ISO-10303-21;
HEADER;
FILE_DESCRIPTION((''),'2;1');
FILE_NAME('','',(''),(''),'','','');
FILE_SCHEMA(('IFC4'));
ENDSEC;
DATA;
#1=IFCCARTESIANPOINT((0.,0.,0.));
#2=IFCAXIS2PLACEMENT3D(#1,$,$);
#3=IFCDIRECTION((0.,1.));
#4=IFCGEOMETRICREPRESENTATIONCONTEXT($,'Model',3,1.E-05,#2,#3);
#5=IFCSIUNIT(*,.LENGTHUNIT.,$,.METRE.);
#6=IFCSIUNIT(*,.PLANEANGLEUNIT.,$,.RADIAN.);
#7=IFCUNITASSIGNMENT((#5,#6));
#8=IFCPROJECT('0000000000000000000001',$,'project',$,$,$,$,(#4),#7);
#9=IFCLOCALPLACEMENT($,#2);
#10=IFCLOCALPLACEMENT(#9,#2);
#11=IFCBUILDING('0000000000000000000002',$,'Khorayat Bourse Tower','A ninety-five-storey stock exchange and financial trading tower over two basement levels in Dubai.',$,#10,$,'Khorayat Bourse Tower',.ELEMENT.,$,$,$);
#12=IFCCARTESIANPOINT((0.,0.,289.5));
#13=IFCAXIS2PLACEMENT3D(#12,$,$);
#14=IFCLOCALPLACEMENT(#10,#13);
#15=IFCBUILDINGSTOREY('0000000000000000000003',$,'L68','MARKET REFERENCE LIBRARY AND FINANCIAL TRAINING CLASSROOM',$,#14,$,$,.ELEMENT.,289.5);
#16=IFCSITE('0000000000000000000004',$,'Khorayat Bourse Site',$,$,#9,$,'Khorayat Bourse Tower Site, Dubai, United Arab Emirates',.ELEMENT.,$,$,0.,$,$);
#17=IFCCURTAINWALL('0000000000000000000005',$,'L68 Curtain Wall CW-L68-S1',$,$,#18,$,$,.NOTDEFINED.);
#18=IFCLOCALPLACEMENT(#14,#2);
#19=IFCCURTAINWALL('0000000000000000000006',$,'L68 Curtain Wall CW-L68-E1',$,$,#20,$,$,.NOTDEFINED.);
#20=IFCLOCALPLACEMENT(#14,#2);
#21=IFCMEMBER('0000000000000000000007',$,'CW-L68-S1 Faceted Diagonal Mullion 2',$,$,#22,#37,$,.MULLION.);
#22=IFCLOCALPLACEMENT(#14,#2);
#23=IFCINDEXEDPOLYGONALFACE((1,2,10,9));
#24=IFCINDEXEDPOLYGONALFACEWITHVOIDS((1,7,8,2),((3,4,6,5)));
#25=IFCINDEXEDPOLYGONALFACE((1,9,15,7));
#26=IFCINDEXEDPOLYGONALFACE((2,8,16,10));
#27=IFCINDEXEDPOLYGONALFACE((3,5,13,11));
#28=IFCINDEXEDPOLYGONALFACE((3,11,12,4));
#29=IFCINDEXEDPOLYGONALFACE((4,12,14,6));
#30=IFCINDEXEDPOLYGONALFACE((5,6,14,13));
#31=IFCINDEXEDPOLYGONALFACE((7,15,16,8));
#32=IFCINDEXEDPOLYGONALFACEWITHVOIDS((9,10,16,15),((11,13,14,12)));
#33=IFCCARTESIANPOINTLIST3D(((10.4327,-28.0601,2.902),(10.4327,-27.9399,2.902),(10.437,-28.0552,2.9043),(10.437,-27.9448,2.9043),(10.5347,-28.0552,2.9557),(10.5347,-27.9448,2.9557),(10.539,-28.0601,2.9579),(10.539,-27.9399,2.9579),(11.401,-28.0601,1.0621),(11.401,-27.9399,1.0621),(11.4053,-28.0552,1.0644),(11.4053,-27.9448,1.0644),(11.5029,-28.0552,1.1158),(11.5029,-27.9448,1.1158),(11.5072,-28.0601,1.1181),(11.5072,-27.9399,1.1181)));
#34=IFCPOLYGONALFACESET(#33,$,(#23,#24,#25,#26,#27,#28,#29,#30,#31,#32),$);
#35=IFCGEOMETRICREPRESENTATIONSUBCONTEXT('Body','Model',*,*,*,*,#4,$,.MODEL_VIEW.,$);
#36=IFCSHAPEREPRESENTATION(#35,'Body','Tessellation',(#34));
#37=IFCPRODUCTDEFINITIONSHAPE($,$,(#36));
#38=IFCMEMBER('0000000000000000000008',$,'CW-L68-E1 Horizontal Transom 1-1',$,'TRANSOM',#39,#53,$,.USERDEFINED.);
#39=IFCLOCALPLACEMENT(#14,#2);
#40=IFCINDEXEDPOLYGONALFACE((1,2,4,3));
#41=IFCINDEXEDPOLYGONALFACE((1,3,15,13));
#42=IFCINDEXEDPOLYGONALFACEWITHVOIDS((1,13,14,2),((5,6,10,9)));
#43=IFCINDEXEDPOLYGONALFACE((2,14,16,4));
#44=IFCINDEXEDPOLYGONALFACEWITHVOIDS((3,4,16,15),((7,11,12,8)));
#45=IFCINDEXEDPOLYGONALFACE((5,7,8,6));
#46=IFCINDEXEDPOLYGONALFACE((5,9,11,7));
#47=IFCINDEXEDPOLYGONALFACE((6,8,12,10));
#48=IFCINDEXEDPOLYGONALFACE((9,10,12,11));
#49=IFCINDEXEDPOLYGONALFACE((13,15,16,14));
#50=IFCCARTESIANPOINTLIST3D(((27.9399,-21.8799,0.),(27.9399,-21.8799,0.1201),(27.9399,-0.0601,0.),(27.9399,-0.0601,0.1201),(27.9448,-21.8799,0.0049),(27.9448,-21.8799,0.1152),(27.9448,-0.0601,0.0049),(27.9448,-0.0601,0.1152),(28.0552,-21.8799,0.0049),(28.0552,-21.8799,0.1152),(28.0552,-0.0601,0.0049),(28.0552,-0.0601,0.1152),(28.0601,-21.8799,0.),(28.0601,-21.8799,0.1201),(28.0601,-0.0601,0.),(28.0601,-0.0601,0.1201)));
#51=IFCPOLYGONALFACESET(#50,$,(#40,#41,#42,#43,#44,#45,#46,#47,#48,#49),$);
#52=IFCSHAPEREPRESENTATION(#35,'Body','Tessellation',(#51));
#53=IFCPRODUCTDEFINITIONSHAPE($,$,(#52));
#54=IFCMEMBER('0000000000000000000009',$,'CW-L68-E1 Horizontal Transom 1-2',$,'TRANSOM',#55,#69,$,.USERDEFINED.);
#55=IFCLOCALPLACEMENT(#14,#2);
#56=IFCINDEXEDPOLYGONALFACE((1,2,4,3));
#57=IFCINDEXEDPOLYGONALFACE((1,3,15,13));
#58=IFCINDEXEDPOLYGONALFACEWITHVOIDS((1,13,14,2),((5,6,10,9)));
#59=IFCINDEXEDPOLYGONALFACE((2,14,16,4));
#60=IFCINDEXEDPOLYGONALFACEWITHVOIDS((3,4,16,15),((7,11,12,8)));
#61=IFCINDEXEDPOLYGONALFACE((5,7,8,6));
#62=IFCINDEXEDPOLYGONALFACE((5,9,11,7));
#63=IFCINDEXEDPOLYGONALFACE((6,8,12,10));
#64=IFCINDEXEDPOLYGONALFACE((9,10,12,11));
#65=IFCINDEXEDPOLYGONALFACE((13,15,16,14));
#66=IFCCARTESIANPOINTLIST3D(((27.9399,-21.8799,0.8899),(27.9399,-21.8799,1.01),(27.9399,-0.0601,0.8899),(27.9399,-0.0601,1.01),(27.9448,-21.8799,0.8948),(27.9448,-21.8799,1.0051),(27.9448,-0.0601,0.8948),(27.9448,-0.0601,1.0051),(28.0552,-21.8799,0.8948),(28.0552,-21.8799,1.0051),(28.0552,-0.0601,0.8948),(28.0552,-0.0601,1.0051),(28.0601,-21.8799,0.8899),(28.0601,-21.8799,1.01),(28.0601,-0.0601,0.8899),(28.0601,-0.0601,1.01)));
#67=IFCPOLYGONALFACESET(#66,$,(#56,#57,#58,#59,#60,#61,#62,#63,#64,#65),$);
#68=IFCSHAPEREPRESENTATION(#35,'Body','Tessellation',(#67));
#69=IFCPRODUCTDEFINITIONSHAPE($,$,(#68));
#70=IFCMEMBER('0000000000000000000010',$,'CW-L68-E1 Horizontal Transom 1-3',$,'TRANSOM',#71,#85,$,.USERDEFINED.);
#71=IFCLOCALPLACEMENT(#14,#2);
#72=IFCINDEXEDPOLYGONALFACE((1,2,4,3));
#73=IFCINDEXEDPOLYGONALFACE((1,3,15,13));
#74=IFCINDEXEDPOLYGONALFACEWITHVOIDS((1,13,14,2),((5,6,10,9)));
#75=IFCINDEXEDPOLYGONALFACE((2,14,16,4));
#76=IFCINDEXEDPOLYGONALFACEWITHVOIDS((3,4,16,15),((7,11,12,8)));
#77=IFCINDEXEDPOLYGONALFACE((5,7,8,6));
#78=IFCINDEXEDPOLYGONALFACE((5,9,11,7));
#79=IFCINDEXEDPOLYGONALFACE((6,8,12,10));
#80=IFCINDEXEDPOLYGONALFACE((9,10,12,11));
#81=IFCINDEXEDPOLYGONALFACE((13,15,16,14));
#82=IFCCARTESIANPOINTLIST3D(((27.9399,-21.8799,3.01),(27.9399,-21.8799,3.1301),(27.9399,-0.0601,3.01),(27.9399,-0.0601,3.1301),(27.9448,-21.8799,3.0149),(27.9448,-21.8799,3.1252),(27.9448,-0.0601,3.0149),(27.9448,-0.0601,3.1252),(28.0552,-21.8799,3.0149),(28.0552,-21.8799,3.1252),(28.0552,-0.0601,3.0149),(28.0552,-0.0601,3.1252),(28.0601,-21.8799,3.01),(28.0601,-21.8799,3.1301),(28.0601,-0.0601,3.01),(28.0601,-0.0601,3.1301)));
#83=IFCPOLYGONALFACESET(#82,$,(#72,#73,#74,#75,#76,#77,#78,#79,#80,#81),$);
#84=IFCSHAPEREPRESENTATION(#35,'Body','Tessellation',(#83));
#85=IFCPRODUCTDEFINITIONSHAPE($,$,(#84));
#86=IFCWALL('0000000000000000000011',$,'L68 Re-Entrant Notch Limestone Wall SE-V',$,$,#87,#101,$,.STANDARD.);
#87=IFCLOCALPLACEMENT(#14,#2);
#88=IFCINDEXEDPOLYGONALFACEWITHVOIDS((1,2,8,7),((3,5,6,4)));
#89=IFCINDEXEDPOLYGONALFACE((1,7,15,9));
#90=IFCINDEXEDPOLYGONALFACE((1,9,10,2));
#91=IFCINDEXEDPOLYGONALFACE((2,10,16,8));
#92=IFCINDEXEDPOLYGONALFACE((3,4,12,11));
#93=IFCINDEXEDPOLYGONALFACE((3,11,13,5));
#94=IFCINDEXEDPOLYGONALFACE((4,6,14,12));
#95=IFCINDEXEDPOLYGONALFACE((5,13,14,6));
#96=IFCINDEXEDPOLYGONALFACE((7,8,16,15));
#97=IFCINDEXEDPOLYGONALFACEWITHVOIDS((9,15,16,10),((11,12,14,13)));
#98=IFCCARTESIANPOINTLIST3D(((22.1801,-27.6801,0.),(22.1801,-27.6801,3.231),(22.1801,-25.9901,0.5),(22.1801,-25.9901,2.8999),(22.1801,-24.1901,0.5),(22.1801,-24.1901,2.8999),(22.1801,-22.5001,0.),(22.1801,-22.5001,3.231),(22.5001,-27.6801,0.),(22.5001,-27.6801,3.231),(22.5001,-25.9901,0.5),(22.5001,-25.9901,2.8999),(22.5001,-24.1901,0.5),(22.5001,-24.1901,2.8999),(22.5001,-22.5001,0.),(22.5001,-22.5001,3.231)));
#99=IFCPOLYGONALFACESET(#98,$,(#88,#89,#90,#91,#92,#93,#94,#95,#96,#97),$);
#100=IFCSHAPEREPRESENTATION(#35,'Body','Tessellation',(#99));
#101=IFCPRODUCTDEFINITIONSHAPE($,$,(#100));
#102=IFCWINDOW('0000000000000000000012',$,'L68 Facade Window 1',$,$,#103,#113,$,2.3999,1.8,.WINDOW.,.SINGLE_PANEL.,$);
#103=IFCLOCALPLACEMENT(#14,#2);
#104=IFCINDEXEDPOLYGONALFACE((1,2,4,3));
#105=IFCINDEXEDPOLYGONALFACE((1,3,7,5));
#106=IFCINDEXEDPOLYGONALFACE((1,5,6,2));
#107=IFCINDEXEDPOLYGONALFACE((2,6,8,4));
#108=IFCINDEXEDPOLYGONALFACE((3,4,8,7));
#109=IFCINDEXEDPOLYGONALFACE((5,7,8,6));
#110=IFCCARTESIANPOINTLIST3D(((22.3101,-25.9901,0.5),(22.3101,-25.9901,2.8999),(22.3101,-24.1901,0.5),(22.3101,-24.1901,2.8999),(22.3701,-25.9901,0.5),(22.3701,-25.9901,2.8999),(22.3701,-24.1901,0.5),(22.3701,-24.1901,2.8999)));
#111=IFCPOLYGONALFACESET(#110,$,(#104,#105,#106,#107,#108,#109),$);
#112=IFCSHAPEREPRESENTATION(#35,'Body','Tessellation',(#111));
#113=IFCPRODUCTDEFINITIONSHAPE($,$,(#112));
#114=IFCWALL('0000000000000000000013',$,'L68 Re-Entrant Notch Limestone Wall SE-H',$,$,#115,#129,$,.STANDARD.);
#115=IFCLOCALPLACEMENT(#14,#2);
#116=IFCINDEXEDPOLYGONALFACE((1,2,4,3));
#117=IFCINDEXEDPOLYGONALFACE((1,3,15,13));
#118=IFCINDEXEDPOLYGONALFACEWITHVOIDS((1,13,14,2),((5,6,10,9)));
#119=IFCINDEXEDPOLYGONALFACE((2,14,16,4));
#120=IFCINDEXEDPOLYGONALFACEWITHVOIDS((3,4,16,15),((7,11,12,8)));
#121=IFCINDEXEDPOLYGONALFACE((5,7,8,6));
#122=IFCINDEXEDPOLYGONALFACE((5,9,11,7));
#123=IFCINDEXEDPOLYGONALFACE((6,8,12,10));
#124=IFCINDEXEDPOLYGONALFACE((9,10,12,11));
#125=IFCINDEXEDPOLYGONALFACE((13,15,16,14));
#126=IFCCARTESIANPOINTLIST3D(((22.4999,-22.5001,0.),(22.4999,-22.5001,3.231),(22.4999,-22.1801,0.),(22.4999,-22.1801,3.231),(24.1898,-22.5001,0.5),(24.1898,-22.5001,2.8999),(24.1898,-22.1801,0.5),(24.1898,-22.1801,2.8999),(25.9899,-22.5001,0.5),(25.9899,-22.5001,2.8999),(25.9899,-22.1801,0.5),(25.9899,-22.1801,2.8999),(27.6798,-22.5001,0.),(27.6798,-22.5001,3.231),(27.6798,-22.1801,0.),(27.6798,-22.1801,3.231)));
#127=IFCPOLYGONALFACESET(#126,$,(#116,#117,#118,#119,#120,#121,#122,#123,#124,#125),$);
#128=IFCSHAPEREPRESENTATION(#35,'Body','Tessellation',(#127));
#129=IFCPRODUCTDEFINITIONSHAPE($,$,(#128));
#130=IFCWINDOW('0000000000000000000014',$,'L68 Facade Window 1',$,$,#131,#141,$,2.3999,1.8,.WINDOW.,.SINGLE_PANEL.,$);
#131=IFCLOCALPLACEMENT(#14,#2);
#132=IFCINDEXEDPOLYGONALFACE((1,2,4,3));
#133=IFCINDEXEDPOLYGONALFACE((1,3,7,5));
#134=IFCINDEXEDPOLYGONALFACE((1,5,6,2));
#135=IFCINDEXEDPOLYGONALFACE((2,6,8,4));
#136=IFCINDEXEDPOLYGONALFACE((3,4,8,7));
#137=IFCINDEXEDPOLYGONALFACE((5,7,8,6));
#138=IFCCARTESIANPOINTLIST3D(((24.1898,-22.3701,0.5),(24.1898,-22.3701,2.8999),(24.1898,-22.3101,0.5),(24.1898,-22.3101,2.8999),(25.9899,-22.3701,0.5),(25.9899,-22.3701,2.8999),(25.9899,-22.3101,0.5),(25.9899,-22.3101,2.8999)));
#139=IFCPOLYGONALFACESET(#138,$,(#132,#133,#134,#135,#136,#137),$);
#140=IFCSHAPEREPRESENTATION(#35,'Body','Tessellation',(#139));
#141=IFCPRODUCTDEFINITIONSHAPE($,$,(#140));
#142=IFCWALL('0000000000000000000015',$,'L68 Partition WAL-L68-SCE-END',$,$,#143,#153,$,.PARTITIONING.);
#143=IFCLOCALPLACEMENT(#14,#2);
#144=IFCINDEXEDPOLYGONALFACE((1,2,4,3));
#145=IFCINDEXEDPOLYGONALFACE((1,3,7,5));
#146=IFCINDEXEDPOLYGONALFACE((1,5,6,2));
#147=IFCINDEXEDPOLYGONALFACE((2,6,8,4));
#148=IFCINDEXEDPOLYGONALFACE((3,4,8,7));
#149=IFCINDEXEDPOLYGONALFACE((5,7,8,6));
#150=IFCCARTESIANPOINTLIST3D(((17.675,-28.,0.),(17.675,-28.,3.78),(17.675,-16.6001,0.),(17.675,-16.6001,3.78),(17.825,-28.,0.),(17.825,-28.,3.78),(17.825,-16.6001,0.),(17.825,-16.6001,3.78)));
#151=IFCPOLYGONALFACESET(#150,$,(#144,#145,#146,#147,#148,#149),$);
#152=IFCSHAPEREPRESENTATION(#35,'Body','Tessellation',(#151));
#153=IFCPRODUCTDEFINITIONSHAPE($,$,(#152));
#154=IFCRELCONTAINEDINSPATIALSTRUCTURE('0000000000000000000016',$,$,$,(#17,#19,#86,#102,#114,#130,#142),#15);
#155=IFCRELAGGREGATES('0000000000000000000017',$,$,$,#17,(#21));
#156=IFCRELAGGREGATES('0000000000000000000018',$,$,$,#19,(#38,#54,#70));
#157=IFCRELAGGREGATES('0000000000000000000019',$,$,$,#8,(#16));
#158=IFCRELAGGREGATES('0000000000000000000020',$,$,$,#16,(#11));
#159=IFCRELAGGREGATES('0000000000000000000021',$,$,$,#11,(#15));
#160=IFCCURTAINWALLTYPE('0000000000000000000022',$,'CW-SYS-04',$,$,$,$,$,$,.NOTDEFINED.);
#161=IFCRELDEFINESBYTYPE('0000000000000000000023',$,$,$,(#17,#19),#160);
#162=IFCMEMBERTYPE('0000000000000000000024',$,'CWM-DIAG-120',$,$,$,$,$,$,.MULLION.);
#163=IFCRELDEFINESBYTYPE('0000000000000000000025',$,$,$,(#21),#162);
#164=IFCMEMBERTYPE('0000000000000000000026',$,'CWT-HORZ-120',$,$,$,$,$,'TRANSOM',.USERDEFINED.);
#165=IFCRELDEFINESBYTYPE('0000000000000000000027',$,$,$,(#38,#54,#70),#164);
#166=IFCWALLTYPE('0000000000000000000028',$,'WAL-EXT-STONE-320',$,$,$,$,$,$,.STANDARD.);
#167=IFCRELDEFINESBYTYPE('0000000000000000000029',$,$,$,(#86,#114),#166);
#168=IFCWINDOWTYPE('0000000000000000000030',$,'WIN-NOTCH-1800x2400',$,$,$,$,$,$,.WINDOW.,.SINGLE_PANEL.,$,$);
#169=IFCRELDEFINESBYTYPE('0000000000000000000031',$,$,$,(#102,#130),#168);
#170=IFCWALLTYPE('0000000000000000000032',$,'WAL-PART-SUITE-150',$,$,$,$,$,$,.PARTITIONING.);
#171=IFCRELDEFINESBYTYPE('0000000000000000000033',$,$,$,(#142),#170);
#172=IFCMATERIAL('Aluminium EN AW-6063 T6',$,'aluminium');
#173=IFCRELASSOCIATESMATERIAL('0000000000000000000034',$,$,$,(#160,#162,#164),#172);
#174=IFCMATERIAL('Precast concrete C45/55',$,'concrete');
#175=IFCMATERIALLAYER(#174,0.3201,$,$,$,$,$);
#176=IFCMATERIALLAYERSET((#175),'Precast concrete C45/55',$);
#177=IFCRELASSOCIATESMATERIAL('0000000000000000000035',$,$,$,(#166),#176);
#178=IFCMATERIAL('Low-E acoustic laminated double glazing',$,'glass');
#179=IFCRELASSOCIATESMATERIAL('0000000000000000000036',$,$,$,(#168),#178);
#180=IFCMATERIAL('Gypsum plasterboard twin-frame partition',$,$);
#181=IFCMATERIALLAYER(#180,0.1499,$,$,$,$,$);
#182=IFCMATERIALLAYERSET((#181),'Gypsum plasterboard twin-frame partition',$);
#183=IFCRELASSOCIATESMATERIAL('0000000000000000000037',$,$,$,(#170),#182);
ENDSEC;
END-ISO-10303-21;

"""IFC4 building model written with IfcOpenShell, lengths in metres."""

from ifc_helpers import new_model, si_unit, direction, frame, frame_2d, origin, origin_2d, place, context, subcontext, project, spatial, rectangle, hollow_rectangle, extrude, source, transform, mapped, material, layer, layer_set, material_profile, profile_set, type_object, element, fill, aggregate, save


model = new_model("IFC4")

# Units and contexts
model_context = context("Model", 3, precision=1e-05, world=origin(), true_north=direction((0.0, 1.0)))
body_context = subcontext(model_context, "Body", "Model", "MODEL_VIEW")
ifc_project = project(units=[si_unit("LENGTHUNIT", "METRE"), si_unit("PLANEANGLEUNIT", "RADIAN")], contexts=[model_context])

# Site, building, storey
site_placement = place(None, origin())
site = spatial("IfcSite", under=ifc_project, at=site_placement, Name="Khorayat Bourse Site", LongName="Khorayat Bourse Tower Site, Dubai, United Arab Emirates", CompositionType="ELEMENT", RefElevation=0.0)
building_placement = place(site_placement, origin())
building = spatial("IfcBuilding", under=site, at=building_placement, Name="Khorayat Bourse Tower", Description="A ninety-five-storey stock exchange and financial trading tower over two basement levels in Dubai.", LongName="Khorayat Bourse Tower", CompositionType="ELEMENT")
storey_placement = place(building_placement, frame((0.0, 0.0, 289.5)))
storey = spatial("IfcBuildingStorey", under=building, at=storey_placement, Name="L68", Description="MARKET REFERENCE LIBRARY AND FINANCIAL TRAINING CLASSROOM", CompositionType="ELEMENT", Elevation=289.5)

# Curtain walls
ifc_material_1 = material(Name="Aluminium EN AW-6063 T6", Category="aluminium")
curtain_wall_type = type_object("IfcCurtainWallType", Name="CW-SYS-04", PredefinedType="NOTDEFINED", material=ifc_material_1)
curtain_wall_1_placement = place(storey_placement, origin())
curtain_wall_1 = element("IfcCurtainWall", 1, at=curtain_wall_1_placement, inside=storey, type_object=curtain_wall_type, Name="L68 Curtain Wall CW-L68-S1", PredefinedType="NOTDEFINED")
curtain_wall_2_placement = place(storey_placement, origin())
curtain_wall_2 = element("IfcCurtainWall", 2, at=curtain_wall_2_placement, inside=storey, type_object=curtain_wall_type, Name="L68 Curtain Wall CW-L68-E1", PredefinedType="NOTDEFINED")

# Members
ifc_material_profile_1 = material_profile(ifc_material_1, hollow_rectangle(XDim=0.1201, YDim=0.1201, WallThickness=0.0049, at=origin_2d()), Name="ALU 120x120x5")
ifc_profile_set_1 = profile_set([ifc_material_profile_1], Name="Aluminium EN AW-6063 T6")
member_type_1 = type_object("IfcMemberType", Name="CWM-DIAG-120", PredefinedType="MULLION", material=ifc_profile_set_1)
shared_shape_1 = source(origin(), body_context, "Body", "SweptSolid", [
    extrude(hollow_rectangle(XDim=0.1201, YDim=0.1201, WallThickness=0.0049, at=origin_2d()), origin(), (0.0, 0.0, 1.0), 2.0791),
])
member_1_placement = place(storey_placement, frame((11.4541, -28.0, 1.0901), z_axis=(-0.465717, 0.0, 0.884934), x_axis=(0.0, -1.0, 0.0)))
member_1 = element("IfcMember", 3, at=member_1_placement, type_object=member_type_1, Name="CW-L68-S1 Faceted Diagonal Mullion 2", PredefinedType="MULLION", context=body_context, shape_type="MappedRepresentation", body=[
    mapped(shared_shape_1, transform((0.0, 0.0, 0.0), scale=1.0)),
])
aggregate(curtain_wall_1, [member_1])
ifc_material_profile_2 = material_profile(ifc_material_1, hollow_rectangle(XDim=0.1201, YDim=0.1201, WallThickness=0.0049, at=origin_2d()), Name="ALU 120x120x5")
ifc_profile_set_2 = profile_set([ifc_material_profile_2], Name="Aluminium EN AW-6063 T6")
member_type_2 = type_object("IfcMemberType", Name="CWT-HORZ-120", ElementType="TRANSOM", PredefinedType="USERDEFINED", material=ifc_profile_set_2)
shared_shape_2 = source(origin(), body_context, "Body", "SweptSolid", [
    extrude(hollow_rectangle(XDim=0.1201, YDim=0.1201, WallThickness=0.0049, at=origin_2d()), origin(), (0.0, 0.0, 1.0), 21.8198),
])
member_2_placement = place(storey_placement, frame((28.0, -21.8799, 0.0601), z_axis=(0.0, 1.0, 0.0), x_axis=(-1.0, 0.0, 0.0)))
member_2 = element("IfcMember", 4, at=member_2_placement, type_object=member_type_2, Name="CW-L68-E1 Horizontal Transom 1-1", ObjectType="TRANSOM", PredefinedType="USERDEFINED", context=body_context, shape_type="MappedRepresentation", body=[
    mapped(shared_shape_2, transform((0.0, 0.0, 0.0), scale=1.0)),
])
member_3_placement = place(storey_placement, frame((28.0, -21.8799, 0.95), z_axis=(0.0, 1.0, 0.0), x_axis=(-1.0, 0.0, 0.0)))
member_3 = element("IfcMember", 5, at=member_3_placement, type_object=member_type_2, Name="CW-L68-E1 Horizontal Transom 1-2", ObjectType="TRANSOM", PredefinedType="USERDEFINED", context=body_context, shape_type="MappedRepresentation", body=[
    mapped(shared_shape_2, transform((0.0, 0.0, 0.0), scale=1.0)),
])
member_4_placement = place(storey_placement, frame((28.0, -21.8799, 3.0701), z_axis=(0.0, 1.0, 0.0), x_axis=(-1.0, 0.0, 0.0)))
member_4 = element("IfcMember", 6, at=member_4_placement, type_object=member_type_2, Name="CW-L68-E1 Horizontal Transom 1-3", ObjectType="TRANSOM", PredefinedType="USERDEFINED", context=body_context, shape_type="MappedRepresentation", body=[
    mapped(shared_shape_2, transform((0.0, 0.0, 0.0), scale=1.0)),
])
aggregate(curtain_wall_2, [member_2, member_3, member_4])

# Walls, openings, windows
ifc_material_2 = material(Name="Precast concrete C45/55", Category="concrete")
ifc_layer_1 = layer(ifc_material_2, 0.3201)
ifc_layer_set_1 = layer_set([ifc_layer_1], Name="Precast concrete C45/55")
wall_type_1 = type_object("IfcWallType", Name="WAL-EXT-STONE-320", PredefinedType="STANDARD", material=ifc_layer_set_1)
shared_shape_3 = source(origin(), body_context, "Body", "SweptSolid", [
    extrude(rectangle(XDim=5.1799, YDim=0.3201, at=frame_2d((2.5898, 0.0))), origin(), (0.0, 0.0, 1.0), 3.231),
])
wall_1_placement = place(storey_placement, frame((22.3401, -27.6799, 0.0), z_axis=(0.0, 0.0, 1.0), x_axis=(0.0, 1.0, 0.0)))
wall_1 = element("IfcWall", 7, at=wall_1_placement, inside=storey, type_object=wall_type_1, Name="L68 Re-Entrant Notch Limestone Wall SE-V", PredefinedType="STANDARD", context=body_context, shape_type="MappedRepresentation", body=[
    mapped(shared_shape_3, transform((0.0, 0.0, 0.0), scale=1.0)),
])
shared_shape_4 = source(origin(), body_context, "Body", "SweptSolid", [
    extrude(rectangle(XDim=1.8, YDim=2.3999, at=frame_2d((0.8999, 1.2))), frame((0.0, 0.1699, 0.0), z_axis=(0.0, -1.0, 0.0), x_axis=(1.0, 0.0, 0.0)), (0.0, 0.0, 1.0), 0.3401),
])
opening_1_placement = place(wall_1_placement, frame((1.6899, 0.0, 0.5)))
opening_1 = element("IfcOpeningElement", 8, at=opening_1_placement, cuts=wall_1, PredefinedType="OPENING", context=body_context, shape_type="MappedRepresentation", body=[
    mapped(shared_shape_4, transform((0.0, 0.0, 0.0), scale=1.0)),
])
ifc_material_3 = material(Name="Low-E acoustic laminated double glazing", Category="glass")
window_type = type_object("IfcWindowType", Name="WIN-NOTCH-1800x2400", PartitioningType="SINGLE_PANEL", PredefinedType="WINDOW", material=ifc_material_3)
shared_shape_5 = source(origin(), body_context, "Body", "SweptSolid", [
    extrude(rectangle(XDim=1.8, YDim=2.3999, at=frame_2d((0.8999, 1.2))), frame((0.0, 0.03, 0.0), z_axis=(0.0, -1.0, 0.0), x_axis=(1.0, 0.0, 0.0)), (0.0, 0.0, 1.0), 0.0601),
])
window_1_placement = place(opening_1_placement, origin())
window_1 = element("IfcWindow", 9, at=window_1_placement, inside=storey, type_object=window_type, Name="L68 Facade Window 1", OverallHeight=2.3999, OverallWidth=1.8, PartitioningType="SINGLE_PANEL", PredefinedType="WINDOW", context=body_context, shape_type="MappedRepresentation", body=[
    mapped(shared_shape_5, transform((0.0, 0.0, 0.0), scale=1.0)),
])
fill(opening_1, window_1)
wall_2_placement = place(storey_placement, frame((22.5, -22.3401, 0.0), z_axis=(0.0, 0.0, 1.0), x_axis=(1.0, 0.0, 0.0)))
wall_2 = element("IfcWall", 10, at=wall_2_placement, inside=storey, type_object=wall_type_1, Name="L68 Re-Entrant Notch Limestone Wall SE-H", PredefinedType="STANDARD", context=body_context, shape_type="MappedRepresentation", body=[
    mapped(shared_shape_3, transform((0.0, 0.0, 0.0), scale=1.0)),
])
opening_2_placement = place(wall_2_placement, frame((1.6899, 0.0, 0.5)))
opening_2 = element("IfcOpeningElement", 11, at=opening_2_placement, cuts=wall_2, PredefinedType="OPENING", context=body_context, shape_type="MappedRepresentation", body=[
    mapped(shared_shape_4, transform((0.0, 0.0, 0.0), scale=1.0)),
])
window_2_placement = place(opening_2_placement, origin())
window_2 = element("IfcWindow", 12, at=window_2_placement, inside=storey, type_object=window_type, Name="L68 Facade Window 1", OverallHeight=2.3999, OverallWidth=1.8, PartitioningType="SINGLE_PANEL", PredefinedType="WINDOW", context=body_context, shape_type="MappedRepresentation", body=[
    mapped(shared_shape_5, transform((0.0, 0.0, 0.0), scale=1.0)),
])
fill(opening_2, window_2)

# Wall
ifc_material_4 = material(Name="Gypsum plasterboard twin-frame partition")
ifc_layer_2 = layer(ifc_material_4, 0.1499)
ifc_layer_set_2 = layer_set([ifc_layer_2], Name="Gypsum plasterboard twin-frame partition")
wall_type_2 = type_object("IfcWallType", Name="WAL-PART-SUITE-150", PredefinedType="PARTITIONING", material=ifc_layer_set_2)
shared_shape_6 = source(origin(), body_context, "Body", "SweptSolid", [
    extrude(rectangle(XDim=11.3999, YDim=0.1499, at=frame_2d((5.7, 0.0))), origin(), (0.0, 0.0, 1.0), 3.78),
])
wall_3_placement = place(storey_placement, frame((17.75, -28.0, 0.0), z_axis=(0.0, 0.0, 1.0), x_axis=(0.0, 1.0, 0.0)))
element("IfcWall", 13, at=wall_3_placement, inside=storey, type_object=wall_type_2, Name="L68 Partition WAL-L68-SCE-END", PredefinedType="PARTITIONING", context=body_context, shape_type="MappedRepresentation", body=[
    mapped(shared_shape_6, transform((0.0, 0.0, 0.0), scale=1.0)),
])

save(model, "model.ifc")
